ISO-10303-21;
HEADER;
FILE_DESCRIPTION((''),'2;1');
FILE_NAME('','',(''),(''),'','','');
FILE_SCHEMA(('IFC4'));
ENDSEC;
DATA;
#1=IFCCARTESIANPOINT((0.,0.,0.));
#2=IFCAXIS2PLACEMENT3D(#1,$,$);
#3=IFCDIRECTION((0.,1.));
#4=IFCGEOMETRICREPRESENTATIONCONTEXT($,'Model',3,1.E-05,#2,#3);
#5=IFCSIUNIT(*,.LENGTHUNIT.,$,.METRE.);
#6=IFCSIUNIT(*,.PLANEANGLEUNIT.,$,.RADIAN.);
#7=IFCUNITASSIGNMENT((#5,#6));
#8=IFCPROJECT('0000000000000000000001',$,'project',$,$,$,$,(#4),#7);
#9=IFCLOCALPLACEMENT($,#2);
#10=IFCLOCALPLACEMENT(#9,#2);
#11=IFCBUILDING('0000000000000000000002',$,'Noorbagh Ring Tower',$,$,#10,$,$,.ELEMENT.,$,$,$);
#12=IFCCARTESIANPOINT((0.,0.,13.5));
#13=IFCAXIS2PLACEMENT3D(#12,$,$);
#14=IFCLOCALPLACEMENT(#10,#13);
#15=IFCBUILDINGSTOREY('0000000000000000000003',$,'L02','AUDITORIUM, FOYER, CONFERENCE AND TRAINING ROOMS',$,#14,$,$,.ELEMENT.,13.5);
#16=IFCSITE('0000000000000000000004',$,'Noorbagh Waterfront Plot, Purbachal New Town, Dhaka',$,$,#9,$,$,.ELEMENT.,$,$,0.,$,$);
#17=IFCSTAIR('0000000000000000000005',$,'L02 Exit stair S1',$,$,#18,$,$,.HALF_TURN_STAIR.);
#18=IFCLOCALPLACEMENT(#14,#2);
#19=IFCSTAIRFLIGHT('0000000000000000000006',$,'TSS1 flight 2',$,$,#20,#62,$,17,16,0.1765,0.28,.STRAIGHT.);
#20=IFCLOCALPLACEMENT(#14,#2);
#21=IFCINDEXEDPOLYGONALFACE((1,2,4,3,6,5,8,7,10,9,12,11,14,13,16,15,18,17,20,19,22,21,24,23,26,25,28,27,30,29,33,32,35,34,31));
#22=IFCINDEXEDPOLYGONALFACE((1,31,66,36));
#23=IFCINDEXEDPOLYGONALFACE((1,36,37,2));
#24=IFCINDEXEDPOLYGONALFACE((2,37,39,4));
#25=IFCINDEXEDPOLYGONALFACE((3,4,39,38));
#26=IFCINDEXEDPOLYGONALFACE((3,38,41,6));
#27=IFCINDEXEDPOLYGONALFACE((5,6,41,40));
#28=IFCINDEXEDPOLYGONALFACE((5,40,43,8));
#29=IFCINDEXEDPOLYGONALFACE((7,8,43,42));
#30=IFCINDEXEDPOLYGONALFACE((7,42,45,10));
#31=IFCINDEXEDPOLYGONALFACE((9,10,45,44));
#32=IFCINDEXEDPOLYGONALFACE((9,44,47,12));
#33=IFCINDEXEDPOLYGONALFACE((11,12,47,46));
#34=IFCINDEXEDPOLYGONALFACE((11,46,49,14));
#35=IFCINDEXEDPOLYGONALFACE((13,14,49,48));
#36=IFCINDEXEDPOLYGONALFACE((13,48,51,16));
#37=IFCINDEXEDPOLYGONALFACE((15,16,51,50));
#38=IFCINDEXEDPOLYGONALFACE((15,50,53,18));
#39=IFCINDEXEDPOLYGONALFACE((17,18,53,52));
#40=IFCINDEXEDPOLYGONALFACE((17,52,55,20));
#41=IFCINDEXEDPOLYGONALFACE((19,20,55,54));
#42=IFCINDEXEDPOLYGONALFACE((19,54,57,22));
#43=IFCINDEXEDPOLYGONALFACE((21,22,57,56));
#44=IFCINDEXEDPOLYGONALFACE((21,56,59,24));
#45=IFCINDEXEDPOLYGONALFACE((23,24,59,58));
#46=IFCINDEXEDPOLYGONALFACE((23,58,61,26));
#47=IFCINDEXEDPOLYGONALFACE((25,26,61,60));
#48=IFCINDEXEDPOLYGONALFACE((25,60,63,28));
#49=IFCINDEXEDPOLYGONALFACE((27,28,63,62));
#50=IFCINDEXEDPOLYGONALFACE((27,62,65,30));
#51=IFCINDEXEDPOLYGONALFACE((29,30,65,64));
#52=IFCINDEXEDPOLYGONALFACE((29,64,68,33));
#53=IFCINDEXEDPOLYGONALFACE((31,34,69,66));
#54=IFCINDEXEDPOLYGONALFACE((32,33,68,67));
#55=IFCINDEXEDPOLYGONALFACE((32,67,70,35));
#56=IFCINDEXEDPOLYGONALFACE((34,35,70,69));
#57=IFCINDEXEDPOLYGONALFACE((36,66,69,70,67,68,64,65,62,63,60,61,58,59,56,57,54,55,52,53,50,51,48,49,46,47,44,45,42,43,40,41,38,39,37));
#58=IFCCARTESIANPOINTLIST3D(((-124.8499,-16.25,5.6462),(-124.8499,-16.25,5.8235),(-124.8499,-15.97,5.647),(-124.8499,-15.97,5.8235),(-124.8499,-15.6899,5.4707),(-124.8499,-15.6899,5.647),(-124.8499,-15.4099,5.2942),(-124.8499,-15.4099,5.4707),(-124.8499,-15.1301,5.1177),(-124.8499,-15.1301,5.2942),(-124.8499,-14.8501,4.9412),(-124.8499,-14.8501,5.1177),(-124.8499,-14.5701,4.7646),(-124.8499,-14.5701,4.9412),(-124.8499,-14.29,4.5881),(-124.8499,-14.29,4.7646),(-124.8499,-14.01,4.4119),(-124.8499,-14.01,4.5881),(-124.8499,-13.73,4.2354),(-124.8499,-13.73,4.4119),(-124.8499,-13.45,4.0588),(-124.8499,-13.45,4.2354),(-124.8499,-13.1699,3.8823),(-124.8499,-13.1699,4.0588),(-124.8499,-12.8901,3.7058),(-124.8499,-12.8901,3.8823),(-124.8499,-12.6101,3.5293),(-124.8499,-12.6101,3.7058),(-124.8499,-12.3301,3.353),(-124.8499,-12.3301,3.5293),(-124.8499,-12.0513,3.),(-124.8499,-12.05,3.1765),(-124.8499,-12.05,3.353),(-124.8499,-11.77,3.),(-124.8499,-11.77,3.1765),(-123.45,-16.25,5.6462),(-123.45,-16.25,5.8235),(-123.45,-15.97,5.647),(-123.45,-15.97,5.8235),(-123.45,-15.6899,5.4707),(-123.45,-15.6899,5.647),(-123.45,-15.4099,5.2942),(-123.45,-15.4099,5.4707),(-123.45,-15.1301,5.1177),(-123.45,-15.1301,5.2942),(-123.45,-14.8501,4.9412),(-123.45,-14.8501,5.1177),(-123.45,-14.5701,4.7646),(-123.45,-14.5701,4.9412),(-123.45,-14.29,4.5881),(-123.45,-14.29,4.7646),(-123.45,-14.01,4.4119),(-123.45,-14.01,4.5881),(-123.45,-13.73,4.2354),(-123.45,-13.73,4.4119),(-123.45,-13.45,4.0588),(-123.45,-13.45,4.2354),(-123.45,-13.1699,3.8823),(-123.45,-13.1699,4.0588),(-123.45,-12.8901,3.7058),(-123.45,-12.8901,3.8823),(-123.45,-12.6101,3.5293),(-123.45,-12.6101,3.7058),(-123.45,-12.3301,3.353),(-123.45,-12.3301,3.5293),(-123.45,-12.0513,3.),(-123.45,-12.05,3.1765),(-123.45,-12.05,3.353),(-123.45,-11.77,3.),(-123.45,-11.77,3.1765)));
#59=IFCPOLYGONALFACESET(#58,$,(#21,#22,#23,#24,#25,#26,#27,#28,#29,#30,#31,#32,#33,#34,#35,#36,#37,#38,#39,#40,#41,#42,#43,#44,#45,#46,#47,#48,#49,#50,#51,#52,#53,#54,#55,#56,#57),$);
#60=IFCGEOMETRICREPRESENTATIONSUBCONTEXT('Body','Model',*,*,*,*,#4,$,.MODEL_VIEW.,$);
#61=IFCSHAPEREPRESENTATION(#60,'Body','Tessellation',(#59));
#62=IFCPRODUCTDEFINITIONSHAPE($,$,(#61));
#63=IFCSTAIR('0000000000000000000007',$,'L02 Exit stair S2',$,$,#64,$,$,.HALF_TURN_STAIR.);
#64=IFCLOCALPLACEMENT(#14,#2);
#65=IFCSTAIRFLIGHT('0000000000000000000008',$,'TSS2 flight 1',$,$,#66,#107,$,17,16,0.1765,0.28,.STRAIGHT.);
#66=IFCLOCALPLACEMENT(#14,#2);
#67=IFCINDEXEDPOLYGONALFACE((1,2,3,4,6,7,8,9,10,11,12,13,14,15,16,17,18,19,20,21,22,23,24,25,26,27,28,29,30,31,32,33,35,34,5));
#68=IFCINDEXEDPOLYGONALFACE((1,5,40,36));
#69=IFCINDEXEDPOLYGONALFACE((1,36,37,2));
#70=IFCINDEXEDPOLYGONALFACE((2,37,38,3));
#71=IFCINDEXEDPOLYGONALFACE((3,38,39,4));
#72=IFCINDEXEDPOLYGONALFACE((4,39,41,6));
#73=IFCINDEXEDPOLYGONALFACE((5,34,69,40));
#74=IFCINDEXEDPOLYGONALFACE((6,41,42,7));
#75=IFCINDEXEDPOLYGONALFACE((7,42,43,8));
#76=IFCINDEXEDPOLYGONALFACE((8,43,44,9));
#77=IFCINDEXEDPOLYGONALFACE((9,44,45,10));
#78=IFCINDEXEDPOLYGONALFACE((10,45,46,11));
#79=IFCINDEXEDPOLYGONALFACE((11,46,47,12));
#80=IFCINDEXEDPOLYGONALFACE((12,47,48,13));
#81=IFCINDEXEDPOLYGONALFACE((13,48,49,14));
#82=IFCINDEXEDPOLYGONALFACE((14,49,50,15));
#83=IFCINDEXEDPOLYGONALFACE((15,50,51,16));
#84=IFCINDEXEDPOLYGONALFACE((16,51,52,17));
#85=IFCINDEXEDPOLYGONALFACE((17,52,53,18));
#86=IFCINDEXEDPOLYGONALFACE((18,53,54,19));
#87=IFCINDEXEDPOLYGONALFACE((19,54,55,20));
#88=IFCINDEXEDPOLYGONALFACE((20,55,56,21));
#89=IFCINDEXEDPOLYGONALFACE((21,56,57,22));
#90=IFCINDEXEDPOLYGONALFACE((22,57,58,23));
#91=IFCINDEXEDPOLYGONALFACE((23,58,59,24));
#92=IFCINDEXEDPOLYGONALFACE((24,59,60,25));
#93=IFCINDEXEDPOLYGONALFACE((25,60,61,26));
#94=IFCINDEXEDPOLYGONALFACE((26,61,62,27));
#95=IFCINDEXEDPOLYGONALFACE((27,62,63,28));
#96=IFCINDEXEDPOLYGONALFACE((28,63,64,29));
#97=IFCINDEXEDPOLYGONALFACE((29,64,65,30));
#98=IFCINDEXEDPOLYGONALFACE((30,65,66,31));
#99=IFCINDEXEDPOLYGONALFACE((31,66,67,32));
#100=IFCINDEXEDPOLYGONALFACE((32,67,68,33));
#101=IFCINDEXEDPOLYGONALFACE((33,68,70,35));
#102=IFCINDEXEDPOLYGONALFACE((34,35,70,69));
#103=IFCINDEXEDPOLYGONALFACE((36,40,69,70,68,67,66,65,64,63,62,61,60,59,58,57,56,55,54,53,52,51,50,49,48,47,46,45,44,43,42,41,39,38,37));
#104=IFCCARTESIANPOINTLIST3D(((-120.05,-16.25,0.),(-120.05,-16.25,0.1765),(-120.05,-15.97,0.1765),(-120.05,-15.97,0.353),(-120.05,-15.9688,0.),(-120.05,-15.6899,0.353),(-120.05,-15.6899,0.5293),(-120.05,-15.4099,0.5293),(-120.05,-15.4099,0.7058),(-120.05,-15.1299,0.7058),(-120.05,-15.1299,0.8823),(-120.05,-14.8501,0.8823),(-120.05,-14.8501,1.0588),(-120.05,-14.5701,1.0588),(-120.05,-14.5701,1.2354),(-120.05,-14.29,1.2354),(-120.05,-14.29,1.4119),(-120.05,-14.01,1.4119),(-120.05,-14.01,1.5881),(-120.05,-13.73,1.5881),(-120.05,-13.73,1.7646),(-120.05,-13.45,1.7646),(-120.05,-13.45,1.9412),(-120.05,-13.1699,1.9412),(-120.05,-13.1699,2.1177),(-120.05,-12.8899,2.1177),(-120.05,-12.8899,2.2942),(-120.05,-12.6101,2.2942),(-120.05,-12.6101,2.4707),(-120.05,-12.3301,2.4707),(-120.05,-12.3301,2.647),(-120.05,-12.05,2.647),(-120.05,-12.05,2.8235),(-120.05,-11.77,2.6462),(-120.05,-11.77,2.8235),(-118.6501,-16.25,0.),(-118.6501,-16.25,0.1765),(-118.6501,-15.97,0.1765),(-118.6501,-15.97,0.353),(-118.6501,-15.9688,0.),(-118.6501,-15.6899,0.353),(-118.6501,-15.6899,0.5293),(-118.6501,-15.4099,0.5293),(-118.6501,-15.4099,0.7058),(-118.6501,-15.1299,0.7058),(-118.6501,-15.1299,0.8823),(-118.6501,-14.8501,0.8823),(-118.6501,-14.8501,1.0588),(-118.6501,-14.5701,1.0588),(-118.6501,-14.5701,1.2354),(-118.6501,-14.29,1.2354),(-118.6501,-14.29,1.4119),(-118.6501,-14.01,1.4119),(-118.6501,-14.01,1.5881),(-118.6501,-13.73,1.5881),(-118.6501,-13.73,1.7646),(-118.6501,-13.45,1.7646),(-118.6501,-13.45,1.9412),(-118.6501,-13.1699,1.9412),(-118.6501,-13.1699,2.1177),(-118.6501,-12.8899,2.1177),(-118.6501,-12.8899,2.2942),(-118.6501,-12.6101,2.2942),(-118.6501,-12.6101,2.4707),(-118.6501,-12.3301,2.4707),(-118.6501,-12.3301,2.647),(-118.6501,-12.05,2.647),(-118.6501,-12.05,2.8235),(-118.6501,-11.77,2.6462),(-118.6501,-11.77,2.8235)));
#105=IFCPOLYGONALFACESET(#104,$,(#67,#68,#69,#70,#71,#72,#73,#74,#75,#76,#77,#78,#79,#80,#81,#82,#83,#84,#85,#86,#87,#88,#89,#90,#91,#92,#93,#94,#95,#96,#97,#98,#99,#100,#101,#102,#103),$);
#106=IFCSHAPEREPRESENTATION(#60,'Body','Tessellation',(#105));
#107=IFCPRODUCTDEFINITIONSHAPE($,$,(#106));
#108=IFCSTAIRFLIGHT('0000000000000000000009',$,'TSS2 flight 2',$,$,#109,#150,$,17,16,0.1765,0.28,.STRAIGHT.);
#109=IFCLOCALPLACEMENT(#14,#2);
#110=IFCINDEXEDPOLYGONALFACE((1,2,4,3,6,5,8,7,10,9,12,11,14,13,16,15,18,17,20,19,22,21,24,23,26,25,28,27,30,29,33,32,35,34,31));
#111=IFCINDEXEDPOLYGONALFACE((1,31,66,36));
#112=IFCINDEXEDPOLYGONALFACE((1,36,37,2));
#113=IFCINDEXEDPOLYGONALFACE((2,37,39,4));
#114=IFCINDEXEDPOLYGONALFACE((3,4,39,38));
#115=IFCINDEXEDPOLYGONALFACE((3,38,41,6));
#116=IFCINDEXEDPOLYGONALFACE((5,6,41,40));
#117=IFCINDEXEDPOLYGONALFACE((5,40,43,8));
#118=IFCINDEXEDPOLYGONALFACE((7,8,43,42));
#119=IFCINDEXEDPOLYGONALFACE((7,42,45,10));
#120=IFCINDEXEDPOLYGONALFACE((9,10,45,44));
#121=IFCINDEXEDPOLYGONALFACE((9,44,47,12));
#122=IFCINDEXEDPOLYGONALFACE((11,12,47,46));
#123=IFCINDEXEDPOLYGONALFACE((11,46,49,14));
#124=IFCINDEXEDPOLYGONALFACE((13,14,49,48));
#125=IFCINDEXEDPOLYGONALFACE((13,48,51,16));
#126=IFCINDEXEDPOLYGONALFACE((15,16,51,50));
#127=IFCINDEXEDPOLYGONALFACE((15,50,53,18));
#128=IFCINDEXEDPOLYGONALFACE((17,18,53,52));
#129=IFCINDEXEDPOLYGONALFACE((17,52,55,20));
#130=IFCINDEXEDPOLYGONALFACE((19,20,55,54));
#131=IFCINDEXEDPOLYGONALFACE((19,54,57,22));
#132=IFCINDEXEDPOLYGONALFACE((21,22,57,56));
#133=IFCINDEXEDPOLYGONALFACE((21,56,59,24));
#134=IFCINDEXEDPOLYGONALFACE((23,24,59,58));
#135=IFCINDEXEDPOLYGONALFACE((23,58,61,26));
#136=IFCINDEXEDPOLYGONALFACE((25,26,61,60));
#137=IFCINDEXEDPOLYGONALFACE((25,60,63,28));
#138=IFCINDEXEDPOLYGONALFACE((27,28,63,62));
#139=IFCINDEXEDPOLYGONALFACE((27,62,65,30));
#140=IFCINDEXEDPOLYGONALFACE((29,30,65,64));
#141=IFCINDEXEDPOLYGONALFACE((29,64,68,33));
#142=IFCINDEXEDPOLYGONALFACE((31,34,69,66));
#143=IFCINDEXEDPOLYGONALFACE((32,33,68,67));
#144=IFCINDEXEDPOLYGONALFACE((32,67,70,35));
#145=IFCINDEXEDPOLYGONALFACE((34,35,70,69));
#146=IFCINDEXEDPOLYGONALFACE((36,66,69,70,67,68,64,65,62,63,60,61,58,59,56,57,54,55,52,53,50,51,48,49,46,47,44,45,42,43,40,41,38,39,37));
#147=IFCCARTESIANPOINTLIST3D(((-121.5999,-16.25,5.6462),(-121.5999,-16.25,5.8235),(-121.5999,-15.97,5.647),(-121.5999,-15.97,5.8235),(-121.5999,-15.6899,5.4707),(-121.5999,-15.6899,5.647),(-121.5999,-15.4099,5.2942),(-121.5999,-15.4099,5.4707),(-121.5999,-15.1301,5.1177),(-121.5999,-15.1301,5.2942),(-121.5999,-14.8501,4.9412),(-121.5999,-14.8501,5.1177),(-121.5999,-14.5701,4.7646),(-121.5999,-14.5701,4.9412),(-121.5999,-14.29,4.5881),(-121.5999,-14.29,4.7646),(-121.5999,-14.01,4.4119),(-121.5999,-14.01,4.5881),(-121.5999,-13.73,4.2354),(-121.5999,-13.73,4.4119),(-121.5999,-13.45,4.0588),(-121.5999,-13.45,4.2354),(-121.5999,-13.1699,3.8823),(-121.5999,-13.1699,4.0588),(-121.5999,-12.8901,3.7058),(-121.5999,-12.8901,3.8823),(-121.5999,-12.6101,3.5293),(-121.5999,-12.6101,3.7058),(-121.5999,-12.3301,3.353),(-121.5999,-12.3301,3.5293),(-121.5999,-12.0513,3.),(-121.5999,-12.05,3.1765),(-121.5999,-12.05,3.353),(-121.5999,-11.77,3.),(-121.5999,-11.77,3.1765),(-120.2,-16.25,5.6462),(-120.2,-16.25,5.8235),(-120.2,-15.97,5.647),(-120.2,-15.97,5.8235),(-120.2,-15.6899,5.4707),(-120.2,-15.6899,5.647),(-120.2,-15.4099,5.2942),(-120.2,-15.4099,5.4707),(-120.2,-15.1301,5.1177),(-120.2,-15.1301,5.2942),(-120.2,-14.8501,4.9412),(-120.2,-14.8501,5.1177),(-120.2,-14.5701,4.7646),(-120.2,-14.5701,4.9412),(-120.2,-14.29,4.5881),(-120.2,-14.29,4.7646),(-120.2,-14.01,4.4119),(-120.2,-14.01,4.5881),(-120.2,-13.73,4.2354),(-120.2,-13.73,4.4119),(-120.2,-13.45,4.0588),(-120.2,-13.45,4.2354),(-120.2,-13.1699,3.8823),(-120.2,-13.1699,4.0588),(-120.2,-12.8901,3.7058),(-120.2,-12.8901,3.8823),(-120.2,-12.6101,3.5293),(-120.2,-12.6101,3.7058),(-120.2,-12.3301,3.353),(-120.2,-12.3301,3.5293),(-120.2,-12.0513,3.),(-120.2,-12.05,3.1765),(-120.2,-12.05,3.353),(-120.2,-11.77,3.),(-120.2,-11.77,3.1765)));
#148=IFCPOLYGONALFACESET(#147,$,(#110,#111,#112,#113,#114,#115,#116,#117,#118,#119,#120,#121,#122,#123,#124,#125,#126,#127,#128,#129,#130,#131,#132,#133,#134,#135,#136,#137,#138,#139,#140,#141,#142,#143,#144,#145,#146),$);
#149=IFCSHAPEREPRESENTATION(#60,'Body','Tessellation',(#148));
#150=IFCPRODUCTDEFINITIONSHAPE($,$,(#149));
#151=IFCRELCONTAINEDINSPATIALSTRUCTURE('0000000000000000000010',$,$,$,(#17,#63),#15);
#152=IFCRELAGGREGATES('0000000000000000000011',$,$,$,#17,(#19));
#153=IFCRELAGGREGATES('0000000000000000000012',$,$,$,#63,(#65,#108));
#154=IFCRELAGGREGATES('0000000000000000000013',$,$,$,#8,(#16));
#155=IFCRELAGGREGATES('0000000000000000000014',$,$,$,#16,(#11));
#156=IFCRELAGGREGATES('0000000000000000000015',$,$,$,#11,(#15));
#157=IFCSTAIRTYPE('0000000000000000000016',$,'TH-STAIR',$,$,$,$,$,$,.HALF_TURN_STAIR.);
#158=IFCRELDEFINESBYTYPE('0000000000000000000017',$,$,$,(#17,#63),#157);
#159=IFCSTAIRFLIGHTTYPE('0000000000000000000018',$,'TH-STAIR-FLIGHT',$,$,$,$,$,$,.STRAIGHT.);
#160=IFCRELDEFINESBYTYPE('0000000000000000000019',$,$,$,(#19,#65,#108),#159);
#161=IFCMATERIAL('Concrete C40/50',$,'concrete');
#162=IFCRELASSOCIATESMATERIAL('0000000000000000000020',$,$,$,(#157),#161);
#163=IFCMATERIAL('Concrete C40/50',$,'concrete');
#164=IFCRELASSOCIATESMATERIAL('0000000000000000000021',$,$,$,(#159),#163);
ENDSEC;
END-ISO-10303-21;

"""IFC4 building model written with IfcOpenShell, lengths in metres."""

from ifc_helpers import new_model, si_unit, direction, frame, origin, place, context, subcontext, project, spatial, polyline, outline, extrude, material, type_object, element, aggregate, save


model = new_model("IFC4")

# Units and contexts
model_context = context("Model", 3, precision=1e-05, world=origin(), true_north=direction((0.0, 1.0)))
body_context = subcontext(model_context, "Body", "Model", "MODEL_VIEW")
ifc_project = project(units=[si_unit("LENGTHUNIT", "METRE"), si_unit("PLANEANGLEUNIT", "RADIAN")], contexts=[model_context])

# Site, building, storey
site_placement = place(None, origin())
site = spatial("IfcSite", under=ifc_project, at=site_placement, Name="Noorbagh Waterfront Plot, Purbachal New Town, Dhaka", CompositionType="ELEMENT", RefElevation=0.0)
building_placement = place(site_placement, origin())
building = spatial("IfcBuilding", under=site, at=building_placement, Name="Noorbagh Ring Tower", CompositionType="ELEMENT")
storey_placement = place(building_placement, frame((0.0, 0.0, 13.5)))
storey = spatial("IfcBuildingStorey", under=building, at=storey_placement, Name="L02", Description="AUDITORIUM, FOYER, CONFERENCE AND TRAINING ROOMS", CompositionType="ELEMENT", Elevation=13.5)

# Stairs, stair flights
ifc_material_1 = material(Name="Concrete C40/50", Category="concrete")
stair_type = type_object("IfcStairType", Name="TH-STAIR", PredefinedType="HALF_TURN_STAIR", material=ifc_material_1)
stair_1_placement = place(storey_placement, origin())
stair_1 = element("IfcStair", 1, at=stair_1_placement, inside=storey, type_object=stair_type, Name="L02 Exit stair S1", PredefinedType="HALF_TURN_STAIR")
ifc_material_2 = material(Name="Concrete C40/50", Category="concrete")
stair_flight_type = type_object("IfcStairFlightType", Name="TH-STAIR-FLIGHT", PredefinedType="STRAIGHT", material=ifc_material_2)
stair_flight_1_placement = place(storey_placement, frame((-124.1499, -11.77, 3.0), z_axis=(0.0, 0.0, 1.0), x_axis=(0.0, -1.0, 0.0)))
stair_flight_1 = element("IfcStairFlight", 2, at=stair_flight_1_placement, type_object=stair_flight_type, Name="TSS1 flight 2", NumberOfRisers=17, NumberOfTreads=16, PredefinedType="STRAIGHT", RiserHeight=0.1765, TreadLength=0.28, context=body_context, shape_type="SweptSolid", body=[
    extrude(outline(polyline([(0.0, 0.0), (0.0, 0.1765), (0.28, 0.1765), (0.28, 0.353), (0.5601, 0.353), (0.5601, 0.5293), (0.8401, 0.5293), (0.8401, 0.7058), (1.1201, 0.7058), (1.1201, 0.8823), (1.3999, 0.8823), (1.3999, 1.0588), (1.6799, 1.0588), (1.6799, 1.2354), (1.96, 1.2354), (1.96, 1.4119), (2.24, 1.4119), (2.24, 1.5881), (2.52, 1.5881), (2.52, 1.7646), (2.8, 1.7646), (2.8, 1.9412), (3.0801, 1.9412), (3.0801, 2.1177), (3.3601, 2.1177), (3.3601, 2.2942), (3.6399, 2.2942), (3.6399, 2.4707), (3.9199, 2.4707), (3.9199, 2.647), (4.2, 2.647), (4.2, 2.8235), (4.48, 2.8235), (4.48, 3.0), (4.48, 2.6462), (0.2812, 0.0), (0.0, 0.0)])), frame((0.0, 0.7, 0.0), z_axis=(0.0, -1.0, 0.0), x_axis=(1.0, 0.0, 0.0)), (0.0, 0.0, 1.0), 1.3999),
])
aggregate(stair_1, [stair_flight_1])
stair_2_placement = place(storey_placement, origin())
stair_2 = element("IfcStair", 3, at=stair_2_placement, inside=storey, type_object=stair_type, Name="L02 Exit stair S2", PredefinedType="HALF_TURN_STAIR")
stair_flight_2_placement = place(storey_placement, frame((-119.3501, -16.25, 0.0), z_axis=(0.0, 0.0, 1.0), x_axis=(0.0, 1.0, 0.0)))
stair_flight_2 = element("IfcStairFlight", 4, at=stair_flight_2_placement, type_object=stair_flight_type, Name="TSS2 flight 1", NumberOfRisers=17, NumberOfTreads=16, PredefinedType="STRAIGHT", RiserHeight=0.1765, TreadLength=0.28, context=body_context, shape_type="SweptSolid", body=[
    extrude(outline(polyline([(0.0, 0.0), (0.0, 0.1765), (0.28, 0.1765), (0.28, 0.353), (0.5601, 0.353), (0.5601, 0.5293), (0.8401, 0.5293), (0.8401, 0.7058), (1.1201, 0.7058), (1.1201, 0.8823), (1.3999, 0.8823), (1.3999, 1.0588), (1.6799, 1.0588), (1.6799, 1.2354), (1.96, 1.2354), (1.96, 1.4119), (2.24, 1.4119), (2.24, 1.5881), (2.52, 1.5881), (2.52, 1.7646), (2.8, 1.7646), (2.8, 1.9412), (3.0801, 1.9412), (3.0801, 2.1177), (3.3601, 2.1177), (3.3601, 2.2942), (3.6399, 2.2942), (3.6399, 2.4707), (3.9199, 2.4707), (3.9199, 2.647), (4.2, 2.647), (4.2, 2.8235), (4.48, 2.8235), (4.48, 3.0), (4.48, 2.6462), (0.2812, 0.0), (0.0, 0.0)])), frame((0.0, 0.7, 0.0), z_axis=(0.0, -1.0, 0.0), x_axis=(1.0, 0.0, 0.0)), (0.0, 0.0, 1.0), 1.3999),
])
stair_flight_3_placement = place(storey_placement, frame((-120.8999, -11.77, 3.0), z_axis=(0.0, 0.0, 1.0), x_axis=(0.0, -1.0, 0.0)))
stair_flight_3 = element("IfcStairFlight", 5, at=stair_flight_3_placement, type_object=stair_flight_type, Name="TSS2 flight 2", NumberOfRisers=17, NumberOfTreads=16, PredefinedType="STRAIGHT", RiserHeight=0.1765, TreadLength=0.28, context=body_context, shape_type="SweptSolid", body=[
    extrude(outline(polyline([(0.0, 0.0), (0.0, 0.1765), (0.28, 0.1765), (0.28, 0.353), (0.5601, 0.353), (0.5601, 0.5293), (0.8401, 0.5293), (0.8401, 0.7058), (1.1201, 0.7058), (1.1201, 0.8823), (1.3999, 0.8823), (1.3999, 1.0588), (1.6799, 1.0588), (1.6799, 1.2354), (1.96, 1.2354), (1.96, 1.4119), (2.24, 1.4119), (2.24, 1.5881), (2.52, 1.5881), (2.52, 1.7646), (2.8, 1.7646), (2.8, 1.9412), (3.0801, 1.9412), (3.0801, 2.1177), (3.3601, 2.1177), (3.3601, 2.2942), (3.6399, 2.2942), (3.6399, 2.4707), (3.9199, 2.4707), (3.9199, 2.647), (4.2, 2.647), (4.2, 2.8235), (4.48, 2.8235), (4.48, 3.0), (4.48, 2.6462), (0.2812, 0.0), (0.0, 0.0)])), frame((0.0, 0.7, 0.0), z_axis=(0.0, -1.0, 0.0), x_axis=(1.0, 0.0, 0.0)), (0.0, 0.0, 1.0), 1.3999),
])
aggregate(stair_2, [stair_flight_2, stair_flight_3])

save(model, "model.ifc")
